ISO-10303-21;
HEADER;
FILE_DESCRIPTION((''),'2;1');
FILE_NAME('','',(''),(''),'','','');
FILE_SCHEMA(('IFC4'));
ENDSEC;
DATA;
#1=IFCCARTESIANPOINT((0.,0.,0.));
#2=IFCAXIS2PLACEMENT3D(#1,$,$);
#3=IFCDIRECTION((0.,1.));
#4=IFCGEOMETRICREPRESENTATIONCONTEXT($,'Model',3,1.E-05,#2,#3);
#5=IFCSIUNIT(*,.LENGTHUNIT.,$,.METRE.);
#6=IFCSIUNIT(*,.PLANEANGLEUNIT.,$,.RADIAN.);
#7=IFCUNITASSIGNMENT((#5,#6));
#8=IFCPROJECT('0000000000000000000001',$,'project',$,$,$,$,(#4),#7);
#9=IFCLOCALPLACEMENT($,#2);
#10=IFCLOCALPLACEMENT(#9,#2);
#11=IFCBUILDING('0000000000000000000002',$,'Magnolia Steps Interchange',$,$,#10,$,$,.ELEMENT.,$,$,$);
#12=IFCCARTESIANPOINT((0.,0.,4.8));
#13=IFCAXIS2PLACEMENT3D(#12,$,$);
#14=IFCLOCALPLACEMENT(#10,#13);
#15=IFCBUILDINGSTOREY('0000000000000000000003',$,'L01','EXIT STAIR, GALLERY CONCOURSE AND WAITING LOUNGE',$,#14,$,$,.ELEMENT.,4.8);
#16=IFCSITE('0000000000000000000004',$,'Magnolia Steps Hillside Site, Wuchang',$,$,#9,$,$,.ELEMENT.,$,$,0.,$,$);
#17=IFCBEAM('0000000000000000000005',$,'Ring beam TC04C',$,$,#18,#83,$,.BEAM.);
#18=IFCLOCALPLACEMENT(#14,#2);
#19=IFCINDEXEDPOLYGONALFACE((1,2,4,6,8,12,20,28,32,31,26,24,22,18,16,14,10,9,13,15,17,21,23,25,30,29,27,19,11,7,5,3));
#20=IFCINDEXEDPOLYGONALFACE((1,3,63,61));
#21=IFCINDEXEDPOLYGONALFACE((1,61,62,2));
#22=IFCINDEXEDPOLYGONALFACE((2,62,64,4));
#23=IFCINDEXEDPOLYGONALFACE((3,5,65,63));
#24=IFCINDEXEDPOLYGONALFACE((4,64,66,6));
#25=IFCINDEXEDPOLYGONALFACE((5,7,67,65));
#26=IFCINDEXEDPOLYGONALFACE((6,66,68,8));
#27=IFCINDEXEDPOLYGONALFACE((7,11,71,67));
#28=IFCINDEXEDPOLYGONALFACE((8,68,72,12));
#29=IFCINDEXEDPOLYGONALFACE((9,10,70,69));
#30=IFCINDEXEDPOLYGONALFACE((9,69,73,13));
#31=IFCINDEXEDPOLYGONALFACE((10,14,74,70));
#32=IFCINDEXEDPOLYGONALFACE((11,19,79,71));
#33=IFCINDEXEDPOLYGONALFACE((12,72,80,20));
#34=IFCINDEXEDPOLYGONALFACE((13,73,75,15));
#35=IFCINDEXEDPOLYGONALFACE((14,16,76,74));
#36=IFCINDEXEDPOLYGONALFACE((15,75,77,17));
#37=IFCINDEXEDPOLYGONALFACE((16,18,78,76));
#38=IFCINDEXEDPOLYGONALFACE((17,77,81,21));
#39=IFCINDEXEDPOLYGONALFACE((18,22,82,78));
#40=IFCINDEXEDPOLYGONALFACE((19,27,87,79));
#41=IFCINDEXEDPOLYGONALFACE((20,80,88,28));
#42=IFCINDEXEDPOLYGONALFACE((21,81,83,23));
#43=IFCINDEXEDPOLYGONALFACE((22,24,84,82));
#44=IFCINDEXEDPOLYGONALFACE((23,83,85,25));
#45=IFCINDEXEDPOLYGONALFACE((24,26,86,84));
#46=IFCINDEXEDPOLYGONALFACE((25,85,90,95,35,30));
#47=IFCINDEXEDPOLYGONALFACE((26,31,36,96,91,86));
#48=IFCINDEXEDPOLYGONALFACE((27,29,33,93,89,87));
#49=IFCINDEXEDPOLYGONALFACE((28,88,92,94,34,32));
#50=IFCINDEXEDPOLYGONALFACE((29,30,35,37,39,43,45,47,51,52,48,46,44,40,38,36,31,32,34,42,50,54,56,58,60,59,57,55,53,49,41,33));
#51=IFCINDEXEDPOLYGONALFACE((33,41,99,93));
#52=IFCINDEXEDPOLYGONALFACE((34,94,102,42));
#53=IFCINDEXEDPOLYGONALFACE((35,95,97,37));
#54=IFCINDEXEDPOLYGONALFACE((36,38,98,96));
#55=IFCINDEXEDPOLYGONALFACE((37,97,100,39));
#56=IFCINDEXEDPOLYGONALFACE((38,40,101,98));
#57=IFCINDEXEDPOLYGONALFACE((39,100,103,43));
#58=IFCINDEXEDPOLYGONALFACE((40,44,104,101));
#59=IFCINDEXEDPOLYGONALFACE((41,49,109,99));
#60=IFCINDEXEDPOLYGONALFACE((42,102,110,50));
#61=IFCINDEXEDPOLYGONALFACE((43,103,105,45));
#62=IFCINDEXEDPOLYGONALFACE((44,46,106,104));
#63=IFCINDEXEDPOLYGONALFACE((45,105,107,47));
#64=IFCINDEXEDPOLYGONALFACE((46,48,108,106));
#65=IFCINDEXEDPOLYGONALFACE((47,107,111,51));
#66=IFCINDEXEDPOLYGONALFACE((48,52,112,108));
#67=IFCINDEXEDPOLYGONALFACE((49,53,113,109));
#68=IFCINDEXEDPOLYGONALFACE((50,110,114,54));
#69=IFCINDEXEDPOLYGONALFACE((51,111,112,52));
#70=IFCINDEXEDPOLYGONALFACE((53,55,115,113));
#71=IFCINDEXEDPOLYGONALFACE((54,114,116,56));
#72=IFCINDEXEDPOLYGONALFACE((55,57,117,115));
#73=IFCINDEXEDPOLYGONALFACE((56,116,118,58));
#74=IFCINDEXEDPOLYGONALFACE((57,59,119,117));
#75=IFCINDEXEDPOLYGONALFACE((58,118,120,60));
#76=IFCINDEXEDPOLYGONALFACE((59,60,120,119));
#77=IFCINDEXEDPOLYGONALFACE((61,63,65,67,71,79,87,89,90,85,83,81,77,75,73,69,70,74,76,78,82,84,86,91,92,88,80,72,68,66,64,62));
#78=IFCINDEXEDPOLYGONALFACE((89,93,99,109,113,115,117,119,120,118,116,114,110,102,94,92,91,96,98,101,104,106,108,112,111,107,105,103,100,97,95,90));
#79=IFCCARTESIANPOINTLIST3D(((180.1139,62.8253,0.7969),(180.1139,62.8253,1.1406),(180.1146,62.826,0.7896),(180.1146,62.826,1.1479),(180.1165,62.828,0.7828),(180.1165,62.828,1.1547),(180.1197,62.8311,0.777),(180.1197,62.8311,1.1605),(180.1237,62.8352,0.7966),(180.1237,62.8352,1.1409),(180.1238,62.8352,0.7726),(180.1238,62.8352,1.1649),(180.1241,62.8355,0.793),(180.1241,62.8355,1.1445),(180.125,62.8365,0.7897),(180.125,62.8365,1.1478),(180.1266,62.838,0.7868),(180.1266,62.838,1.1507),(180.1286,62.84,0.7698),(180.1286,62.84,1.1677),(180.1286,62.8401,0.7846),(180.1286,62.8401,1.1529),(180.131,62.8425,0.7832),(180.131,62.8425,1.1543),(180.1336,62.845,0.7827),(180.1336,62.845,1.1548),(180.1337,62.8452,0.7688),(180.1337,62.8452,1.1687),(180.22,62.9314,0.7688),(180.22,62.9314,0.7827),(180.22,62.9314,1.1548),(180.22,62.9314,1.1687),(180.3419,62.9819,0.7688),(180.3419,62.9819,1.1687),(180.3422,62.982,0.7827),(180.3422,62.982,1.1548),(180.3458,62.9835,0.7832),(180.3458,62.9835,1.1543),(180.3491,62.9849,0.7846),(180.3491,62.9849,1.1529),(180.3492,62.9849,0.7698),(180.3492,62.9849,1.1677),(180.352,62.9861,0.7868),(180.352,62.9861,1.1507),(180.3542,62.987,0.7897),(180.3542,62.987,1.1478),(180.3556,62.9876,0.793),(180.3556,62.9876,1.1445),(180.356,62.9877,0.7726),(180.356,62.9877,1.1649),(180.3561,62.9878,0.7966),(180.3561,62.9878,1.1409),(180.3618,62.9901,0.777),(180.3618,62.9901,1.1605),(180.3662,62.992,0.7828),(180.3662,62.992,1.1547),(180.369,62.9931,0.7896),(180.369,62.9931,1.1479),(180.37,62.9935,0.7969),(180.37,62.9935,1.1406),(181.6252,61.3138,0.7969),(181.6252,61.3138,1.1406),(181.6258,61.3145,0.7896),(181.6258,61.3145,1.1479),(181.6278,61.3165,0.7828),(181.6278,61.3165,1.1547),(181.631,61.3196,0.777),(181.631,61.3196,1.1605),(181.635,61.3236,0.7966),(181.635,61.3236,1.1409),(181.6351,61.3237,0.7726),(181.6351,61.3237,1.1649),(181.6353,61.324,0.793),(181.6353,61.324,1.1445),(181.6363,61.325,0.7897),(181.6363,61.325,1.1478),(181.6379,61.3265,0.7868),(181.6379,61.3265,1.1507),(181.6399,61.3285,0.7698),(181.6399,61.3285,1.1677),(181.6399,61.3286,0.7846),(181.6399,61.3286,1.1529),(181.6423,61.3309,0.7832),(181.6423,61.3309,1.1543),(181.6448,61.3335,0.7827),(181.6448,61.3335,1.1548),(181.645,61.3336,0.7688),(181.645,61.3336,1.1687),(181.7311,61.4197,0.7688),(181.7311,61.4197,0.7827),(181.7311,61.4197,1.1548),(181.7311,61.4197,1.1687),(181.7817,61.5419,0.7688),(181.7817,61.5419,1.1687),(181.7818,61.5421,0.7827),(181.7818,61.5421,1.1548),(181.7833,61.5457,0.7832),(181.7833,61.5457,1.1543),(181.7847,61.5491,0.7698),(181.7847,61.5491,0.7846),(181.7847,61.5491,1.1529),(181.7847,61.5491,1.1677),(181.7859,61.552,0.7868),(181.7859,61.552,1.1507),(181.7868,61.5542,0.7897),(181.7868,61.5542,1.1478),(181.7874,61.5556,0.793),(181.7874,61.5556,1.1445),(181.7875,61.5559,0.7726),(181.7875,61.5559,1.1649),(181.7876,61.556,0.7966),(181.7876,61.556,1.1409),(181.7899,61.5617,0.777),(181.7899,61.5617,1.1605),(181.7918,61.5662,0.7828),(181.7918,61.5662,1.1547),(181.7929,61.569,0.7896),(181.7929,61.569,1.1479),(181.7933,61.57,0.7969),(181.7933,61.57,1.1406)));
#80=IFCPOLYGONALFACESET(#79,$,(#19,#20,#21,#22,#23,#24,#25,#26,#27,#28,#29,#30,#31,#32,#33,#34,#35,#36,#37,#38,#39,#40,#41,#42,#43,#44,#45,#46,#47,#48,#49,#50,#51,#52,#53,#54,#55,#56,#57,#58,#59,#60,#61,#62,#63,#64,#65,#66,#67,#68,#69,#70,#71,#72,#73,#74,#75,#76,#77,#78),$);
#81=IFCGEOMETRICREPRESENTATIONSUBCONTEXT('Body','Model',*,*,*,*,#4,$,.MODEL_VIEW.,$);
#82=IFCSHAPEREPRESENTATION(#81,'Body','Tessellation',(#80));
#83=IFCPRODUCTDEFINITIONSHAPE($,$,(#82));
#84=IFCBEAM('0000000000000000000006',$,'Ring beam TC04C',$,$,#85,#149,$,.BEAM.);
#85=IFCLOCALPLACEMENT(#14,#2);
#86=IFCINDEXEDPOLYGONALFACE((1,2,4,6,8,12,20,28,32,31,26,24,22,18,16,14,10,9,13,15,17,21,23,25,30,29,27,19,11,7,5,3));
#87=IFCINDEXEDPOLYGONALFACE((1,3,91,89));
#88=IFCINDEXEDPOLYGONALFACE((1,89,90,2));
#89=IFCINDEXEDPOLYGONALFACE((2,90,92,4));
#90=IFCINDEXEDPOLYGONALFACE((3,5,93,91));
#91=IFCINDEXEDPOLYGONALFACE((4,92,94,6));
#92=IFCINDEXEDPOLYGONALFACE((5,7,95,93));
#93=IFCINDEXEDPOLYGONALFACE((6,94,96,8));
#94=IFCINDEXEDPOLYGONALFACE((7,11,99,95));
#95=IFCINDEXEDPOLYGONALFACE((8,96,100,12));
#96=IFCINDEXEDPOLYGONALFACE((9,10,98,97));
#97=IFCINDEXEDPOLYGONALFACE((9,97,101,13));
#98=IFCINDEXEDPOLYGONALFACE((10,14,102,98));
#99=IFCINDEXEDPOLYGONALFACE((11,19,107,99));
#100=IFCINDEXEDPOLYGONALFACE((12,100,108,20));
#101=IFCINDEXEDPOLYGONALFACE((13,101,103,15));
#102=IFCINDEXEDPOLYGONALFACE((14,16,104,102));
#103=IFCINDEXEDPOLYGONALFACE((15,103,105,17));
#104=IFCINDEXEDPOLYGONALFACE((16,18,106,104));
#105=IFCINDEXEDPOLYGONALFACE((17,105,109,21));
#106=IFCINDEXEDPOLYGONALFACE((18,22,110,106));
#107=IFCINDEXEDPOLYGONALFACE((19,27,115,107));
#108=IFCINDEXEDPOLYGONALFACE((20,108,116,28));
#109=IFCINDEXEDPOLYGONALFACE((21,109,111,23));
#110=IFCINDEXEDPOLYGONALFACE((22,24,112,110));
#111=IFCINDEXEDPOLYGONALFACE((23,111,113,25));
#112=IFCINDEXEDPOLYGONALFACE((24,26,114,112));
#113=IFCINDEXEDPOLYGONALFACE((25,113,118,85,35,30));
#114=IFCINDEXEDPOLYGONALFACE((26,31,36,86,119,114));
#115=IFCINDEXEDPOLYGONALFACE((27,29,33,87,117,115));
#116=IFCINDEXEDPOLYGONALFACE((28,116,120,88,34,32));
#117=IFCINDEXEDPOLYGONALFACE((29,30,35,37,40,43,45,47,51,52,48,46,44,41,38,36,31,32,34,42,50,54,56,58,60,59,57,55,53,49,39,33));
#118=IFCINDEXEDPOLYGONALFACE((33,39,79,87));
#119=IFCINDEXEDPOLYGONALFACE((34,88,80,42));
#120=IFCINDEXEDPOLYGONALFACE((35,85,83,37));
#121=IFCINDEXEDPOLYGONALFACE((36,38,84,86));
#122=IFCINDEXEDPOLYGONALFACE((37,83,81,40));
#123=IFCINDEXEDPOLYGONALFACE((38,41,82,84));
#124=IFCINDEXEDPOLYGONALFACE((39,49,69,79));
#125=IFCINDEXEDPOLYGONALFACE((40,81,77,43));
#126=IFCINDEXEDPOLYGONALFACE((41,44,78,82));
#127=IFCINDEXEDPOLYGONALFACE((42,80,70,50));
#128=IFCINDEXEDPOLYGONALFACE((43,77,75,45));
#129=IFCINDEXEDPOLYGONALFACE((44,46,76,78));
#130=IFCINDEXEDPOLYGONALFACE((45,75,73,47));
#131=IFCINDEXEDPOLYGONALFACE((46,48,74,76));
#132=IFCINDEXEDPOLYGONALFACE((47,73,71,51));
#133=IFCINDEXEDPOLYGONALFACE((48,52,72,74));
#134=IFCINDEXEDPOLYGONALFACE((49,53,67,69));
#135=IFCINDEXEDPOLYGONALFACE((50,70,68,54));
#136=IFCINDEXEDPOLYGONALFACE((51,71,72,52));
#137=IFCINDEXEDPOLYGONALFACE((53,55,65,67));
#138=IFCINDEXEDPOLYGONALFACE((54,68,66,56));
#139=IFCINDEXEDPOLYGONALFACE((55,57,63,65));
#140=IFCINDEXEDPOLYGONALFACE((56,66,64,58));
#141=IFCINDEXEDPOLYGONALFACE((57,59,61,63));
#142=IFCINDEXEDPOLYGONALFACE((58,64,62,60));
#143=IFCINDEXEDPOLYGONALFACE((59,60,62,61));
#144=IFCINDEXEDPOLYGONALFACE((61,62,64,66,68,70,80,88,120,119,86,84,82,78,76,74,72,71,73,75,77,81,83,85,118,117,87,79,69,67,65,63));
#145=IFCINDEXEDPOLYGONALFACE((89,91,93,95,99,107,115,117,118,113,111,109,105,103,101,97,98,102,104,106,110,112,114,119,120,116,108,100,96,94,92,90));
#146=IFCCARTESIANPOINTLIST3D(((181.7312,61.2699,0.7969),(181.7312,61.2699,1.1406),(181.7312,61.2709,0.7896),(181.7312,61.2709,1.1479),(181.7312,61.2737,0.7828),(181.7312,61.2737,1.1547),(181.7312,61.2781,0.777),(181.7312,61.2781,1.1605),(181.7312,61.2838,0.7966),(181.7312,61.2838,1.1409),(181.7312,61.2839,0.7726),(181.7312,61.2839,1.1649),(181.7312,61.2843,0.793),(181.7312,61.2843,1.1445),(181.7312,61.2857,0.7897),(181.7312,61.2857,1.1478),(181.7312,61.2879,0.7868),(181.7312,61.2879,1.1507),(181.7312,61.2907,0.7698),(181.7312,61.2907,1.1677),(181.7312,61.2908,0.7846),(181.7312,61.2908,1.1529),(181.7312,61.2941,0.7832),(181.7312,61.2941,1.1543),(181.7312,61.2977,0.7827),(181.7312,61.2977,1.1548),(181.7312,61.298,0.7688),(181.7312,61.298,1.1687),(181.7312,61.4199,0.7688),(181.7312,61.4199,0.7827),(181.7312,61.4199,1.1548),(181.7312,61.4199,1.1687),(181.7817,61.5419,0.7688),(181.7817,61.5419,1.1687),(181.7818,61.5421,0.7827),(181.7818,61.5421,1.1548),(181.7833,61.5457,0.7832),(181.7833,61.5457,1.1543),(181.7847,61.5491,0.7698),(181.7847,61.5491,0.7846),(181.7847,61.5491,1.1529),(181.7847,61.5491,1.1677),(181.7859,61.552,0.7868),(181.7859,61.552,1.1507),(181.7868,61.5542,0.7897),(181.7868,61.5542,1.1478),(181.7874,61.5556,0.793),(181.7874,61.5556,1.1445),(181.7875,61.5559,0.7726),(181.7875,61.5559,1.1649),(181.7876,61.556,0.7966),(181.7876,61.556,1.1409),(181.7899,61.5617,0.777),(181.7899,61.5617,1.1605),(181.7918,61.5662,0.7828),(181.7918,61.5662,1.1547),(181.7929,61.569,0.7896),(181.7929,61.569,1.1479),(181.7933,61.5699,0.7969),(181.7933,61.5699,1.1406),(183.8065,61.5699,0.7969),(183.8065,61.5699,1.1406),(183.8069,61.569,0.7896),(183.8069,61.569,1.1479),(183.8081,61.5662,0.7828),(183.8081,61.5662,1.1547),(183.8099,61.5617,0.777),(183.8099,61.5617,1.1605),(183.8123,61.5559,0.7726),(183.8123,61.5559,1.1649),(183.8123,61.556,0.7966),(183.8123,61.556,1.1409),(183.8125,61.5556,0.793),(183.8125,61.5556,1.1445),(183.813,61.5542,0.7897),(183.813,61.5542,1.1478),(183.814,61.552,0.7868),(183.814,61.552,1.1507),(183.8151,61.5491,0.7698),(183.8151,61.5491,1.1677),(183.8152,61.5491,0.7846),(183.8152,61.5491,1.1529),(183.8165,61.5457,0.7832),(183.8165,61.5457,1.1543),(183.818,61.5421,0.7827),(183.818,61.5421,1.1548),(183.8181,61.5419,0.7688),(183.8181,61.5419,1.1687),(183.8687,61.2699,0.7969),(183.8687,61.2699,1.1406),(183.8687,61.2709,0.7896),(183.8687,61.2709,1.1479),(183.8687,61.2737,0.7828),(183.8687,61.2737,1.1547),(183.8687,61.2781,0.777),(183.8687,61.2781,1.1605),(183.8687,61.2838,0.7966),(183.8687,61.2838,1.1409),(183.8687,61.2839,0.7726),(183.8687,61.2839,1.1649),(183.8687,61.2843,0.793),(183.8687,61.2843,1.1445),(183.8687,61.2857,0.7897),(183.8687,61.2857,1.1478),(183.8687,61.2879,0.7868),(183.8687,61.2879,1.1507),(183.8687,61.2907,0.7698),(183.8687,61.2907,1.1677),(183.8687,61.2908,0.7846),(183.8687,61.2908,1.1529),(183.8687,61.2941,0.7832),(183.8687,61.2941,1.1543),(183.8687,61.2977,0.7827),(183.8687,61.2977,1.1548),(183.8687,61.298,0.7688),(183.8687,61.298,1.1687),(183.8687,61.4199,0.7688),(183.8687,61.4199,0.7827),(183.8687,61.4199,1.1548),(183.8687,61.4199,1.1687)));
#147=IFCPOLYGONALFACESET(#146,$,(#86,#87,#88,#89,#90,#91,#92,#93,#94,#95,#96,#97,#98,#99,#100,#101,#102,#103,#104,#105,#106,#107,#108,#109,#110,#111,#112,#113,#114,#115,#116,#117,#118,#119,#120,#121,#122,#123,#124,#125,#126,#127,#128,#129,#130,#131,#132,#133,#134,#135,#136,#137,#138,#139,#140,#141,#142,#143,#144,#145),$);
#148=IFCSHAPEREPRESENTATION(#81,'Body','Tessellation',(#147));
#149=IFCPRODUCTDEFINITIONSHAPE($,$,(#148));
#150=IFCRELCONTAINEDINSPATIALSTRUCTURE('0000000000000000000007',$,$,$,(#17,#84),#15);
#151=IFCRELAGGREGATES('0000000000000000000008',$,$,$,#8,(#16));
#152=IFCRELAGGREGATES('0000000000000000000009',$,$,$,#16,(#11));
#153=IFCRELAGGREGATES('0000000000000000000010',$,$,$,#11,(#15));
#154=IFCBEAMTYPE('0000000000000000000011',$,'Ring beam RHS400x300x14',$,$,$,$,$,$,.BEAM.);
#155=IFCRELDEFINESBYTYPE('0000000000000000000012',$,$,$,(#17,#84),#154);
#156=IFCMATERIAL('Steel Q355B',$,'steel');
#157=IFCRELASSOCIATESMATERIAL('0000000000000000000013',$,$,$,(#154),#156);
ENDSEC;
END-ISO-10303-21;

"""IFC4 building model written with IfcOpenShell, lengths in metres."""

from ifc_helpers import new_model, si_unit, direction, frame, origin, origin_2d, place, context, subcontext, project, spatial, hollow_rectangle, extrude, clip, halfspace, material, material_profile, profile_set, type_object, element, save


model = new_model("IFC4")

# Units and contexts
model_context = context("Model", 3, precision=1e-05, world=origin(), true_north=direction((0.0, 1.0)))
body_context = subcontext(model_context, "Body", "Model", "MODEL_VIEW")
ifc_project = project(units=[si_unit("LENGTHUNIT", "METRE"), si_unit("PLANEANGLEUNIT", "RADIAN")], contexts=[model_context])

# Site, building, storey
site_placement = place(None, origin())
site = spatial("IfcSite", under=ifc_project, at=site_placement, Name="Magnolia Steps Hillside Site, Wuchang", CompositionType="ELEMENT", RefElevation=0.0)
building_placement = place(site_placement, origin())
building = spatial("IfcBuilding", under=site, at=building_placement, Name="Magnolia Steps Interchange", CompositionType="ELEMENT")
storey_placement = place(building_placement, frame((0.0, 0.0, 4.8)))
storey = spatial("IfcBuildingStorey", under=building, at=storey_placement, Name="L01", Description="EXIT STAIR, GALLERY CONCOURSE AND WAITING LOUNGE", CompositionType="ELEMENT", Elevation=4.8)

# Beams
ifc_material_1 = material(Name="Steel Q355B", Category="steel")
ifc_material_profile_1 = material_profile(ifc_material_1, hollow_rectangle(XDim=0.3, YDim=0.3999, WallThickness=0.0139, InnerFilletRadius=0.0139, OuterFilletRadius=0.0281, at=origin_2d()), Name="RHS400x300x14")
ifc_profile_set_1 = profile_set([ifc_material_profile_1], Name="Steel Q355B")
beam_type_1 = type_object("IfcBeamType", Name="Ring beam RHS400x300x14", PredefinedType="BEAM", material=ifc_profile_set_1)
beam_1_placement = place(storey_placement, frame((180.22, 62.9314, 0.9688), z_axis=(0.70705, -0.707164, 0.0), x_axis=(0.707164, 0.70705, 0.0)))
element("IfcBeam", 1, at=beam_1_placement, inside=storey, type_object=beam_type_1, Name="Ring beam TC04C", PredefinedType="BEAM", context=body_context, shape_type="Clipping", body=[
    clip(clip(extrude(hollow_rectangle(XDim=0.3, YDim=0.3999, WallThickness=0.0139, InnerFilletRadius=0.0139, OuterFilletRadius=0.0281, at=origin_2d()), origin(), (0.0, 0.0, 1.0), 2.1375), halfspace(frame((0.0, 0.0, 0.0), z_axis=(0.382609, 0.0, -0.92391), x_axis=(0.92391, 0.0, 0.382609)), False)), halfspace(frame((0.0, 0.0, 2.1374), z_axis=(0.382758, 0.0, 0.923849), x_axis=(0.923849, 0.0, -0.382758)), False)),
])
beam_2_placement = place(storey_placement, frame((181.7312, 61.4199, 0.9688), z_axis=(1.0, 0.0, 0.0), x_axis=(0.0, 1.0, 0.0)))
element("IfcBeam", 2, at=beam_2_placement, inside=storey, type_object=beam_type_1, Name="Ring beam TC04C", PredefinedType="BEAM", context=body_context, shape_type="Clipping", body=[
    clip(clip(extrude(hollow_rectangle(XDim=0.3, YDim=0.3999, WallThickness=0.0139, InnerFilletRadius=0.0139, OuterFilletRadius=0.0281, at=origin_2d()), origin(), (0.0, 0.0, 1.0), 2.1375), halfspace(frame((0.0, 0.0, 0.0), z_axis=(0.382683, 0.0, -0.92388), x_axis=(0.92388, 0.0, 0.382683)), False)), halfspace(frame((0.0, 0.0, 2.1375), z_axis=(0.382683, 0.0, 0.92388), x_axis=(0.92388, 0.0, -0.382683)), False)),
])

save(model, "model.ifc")
